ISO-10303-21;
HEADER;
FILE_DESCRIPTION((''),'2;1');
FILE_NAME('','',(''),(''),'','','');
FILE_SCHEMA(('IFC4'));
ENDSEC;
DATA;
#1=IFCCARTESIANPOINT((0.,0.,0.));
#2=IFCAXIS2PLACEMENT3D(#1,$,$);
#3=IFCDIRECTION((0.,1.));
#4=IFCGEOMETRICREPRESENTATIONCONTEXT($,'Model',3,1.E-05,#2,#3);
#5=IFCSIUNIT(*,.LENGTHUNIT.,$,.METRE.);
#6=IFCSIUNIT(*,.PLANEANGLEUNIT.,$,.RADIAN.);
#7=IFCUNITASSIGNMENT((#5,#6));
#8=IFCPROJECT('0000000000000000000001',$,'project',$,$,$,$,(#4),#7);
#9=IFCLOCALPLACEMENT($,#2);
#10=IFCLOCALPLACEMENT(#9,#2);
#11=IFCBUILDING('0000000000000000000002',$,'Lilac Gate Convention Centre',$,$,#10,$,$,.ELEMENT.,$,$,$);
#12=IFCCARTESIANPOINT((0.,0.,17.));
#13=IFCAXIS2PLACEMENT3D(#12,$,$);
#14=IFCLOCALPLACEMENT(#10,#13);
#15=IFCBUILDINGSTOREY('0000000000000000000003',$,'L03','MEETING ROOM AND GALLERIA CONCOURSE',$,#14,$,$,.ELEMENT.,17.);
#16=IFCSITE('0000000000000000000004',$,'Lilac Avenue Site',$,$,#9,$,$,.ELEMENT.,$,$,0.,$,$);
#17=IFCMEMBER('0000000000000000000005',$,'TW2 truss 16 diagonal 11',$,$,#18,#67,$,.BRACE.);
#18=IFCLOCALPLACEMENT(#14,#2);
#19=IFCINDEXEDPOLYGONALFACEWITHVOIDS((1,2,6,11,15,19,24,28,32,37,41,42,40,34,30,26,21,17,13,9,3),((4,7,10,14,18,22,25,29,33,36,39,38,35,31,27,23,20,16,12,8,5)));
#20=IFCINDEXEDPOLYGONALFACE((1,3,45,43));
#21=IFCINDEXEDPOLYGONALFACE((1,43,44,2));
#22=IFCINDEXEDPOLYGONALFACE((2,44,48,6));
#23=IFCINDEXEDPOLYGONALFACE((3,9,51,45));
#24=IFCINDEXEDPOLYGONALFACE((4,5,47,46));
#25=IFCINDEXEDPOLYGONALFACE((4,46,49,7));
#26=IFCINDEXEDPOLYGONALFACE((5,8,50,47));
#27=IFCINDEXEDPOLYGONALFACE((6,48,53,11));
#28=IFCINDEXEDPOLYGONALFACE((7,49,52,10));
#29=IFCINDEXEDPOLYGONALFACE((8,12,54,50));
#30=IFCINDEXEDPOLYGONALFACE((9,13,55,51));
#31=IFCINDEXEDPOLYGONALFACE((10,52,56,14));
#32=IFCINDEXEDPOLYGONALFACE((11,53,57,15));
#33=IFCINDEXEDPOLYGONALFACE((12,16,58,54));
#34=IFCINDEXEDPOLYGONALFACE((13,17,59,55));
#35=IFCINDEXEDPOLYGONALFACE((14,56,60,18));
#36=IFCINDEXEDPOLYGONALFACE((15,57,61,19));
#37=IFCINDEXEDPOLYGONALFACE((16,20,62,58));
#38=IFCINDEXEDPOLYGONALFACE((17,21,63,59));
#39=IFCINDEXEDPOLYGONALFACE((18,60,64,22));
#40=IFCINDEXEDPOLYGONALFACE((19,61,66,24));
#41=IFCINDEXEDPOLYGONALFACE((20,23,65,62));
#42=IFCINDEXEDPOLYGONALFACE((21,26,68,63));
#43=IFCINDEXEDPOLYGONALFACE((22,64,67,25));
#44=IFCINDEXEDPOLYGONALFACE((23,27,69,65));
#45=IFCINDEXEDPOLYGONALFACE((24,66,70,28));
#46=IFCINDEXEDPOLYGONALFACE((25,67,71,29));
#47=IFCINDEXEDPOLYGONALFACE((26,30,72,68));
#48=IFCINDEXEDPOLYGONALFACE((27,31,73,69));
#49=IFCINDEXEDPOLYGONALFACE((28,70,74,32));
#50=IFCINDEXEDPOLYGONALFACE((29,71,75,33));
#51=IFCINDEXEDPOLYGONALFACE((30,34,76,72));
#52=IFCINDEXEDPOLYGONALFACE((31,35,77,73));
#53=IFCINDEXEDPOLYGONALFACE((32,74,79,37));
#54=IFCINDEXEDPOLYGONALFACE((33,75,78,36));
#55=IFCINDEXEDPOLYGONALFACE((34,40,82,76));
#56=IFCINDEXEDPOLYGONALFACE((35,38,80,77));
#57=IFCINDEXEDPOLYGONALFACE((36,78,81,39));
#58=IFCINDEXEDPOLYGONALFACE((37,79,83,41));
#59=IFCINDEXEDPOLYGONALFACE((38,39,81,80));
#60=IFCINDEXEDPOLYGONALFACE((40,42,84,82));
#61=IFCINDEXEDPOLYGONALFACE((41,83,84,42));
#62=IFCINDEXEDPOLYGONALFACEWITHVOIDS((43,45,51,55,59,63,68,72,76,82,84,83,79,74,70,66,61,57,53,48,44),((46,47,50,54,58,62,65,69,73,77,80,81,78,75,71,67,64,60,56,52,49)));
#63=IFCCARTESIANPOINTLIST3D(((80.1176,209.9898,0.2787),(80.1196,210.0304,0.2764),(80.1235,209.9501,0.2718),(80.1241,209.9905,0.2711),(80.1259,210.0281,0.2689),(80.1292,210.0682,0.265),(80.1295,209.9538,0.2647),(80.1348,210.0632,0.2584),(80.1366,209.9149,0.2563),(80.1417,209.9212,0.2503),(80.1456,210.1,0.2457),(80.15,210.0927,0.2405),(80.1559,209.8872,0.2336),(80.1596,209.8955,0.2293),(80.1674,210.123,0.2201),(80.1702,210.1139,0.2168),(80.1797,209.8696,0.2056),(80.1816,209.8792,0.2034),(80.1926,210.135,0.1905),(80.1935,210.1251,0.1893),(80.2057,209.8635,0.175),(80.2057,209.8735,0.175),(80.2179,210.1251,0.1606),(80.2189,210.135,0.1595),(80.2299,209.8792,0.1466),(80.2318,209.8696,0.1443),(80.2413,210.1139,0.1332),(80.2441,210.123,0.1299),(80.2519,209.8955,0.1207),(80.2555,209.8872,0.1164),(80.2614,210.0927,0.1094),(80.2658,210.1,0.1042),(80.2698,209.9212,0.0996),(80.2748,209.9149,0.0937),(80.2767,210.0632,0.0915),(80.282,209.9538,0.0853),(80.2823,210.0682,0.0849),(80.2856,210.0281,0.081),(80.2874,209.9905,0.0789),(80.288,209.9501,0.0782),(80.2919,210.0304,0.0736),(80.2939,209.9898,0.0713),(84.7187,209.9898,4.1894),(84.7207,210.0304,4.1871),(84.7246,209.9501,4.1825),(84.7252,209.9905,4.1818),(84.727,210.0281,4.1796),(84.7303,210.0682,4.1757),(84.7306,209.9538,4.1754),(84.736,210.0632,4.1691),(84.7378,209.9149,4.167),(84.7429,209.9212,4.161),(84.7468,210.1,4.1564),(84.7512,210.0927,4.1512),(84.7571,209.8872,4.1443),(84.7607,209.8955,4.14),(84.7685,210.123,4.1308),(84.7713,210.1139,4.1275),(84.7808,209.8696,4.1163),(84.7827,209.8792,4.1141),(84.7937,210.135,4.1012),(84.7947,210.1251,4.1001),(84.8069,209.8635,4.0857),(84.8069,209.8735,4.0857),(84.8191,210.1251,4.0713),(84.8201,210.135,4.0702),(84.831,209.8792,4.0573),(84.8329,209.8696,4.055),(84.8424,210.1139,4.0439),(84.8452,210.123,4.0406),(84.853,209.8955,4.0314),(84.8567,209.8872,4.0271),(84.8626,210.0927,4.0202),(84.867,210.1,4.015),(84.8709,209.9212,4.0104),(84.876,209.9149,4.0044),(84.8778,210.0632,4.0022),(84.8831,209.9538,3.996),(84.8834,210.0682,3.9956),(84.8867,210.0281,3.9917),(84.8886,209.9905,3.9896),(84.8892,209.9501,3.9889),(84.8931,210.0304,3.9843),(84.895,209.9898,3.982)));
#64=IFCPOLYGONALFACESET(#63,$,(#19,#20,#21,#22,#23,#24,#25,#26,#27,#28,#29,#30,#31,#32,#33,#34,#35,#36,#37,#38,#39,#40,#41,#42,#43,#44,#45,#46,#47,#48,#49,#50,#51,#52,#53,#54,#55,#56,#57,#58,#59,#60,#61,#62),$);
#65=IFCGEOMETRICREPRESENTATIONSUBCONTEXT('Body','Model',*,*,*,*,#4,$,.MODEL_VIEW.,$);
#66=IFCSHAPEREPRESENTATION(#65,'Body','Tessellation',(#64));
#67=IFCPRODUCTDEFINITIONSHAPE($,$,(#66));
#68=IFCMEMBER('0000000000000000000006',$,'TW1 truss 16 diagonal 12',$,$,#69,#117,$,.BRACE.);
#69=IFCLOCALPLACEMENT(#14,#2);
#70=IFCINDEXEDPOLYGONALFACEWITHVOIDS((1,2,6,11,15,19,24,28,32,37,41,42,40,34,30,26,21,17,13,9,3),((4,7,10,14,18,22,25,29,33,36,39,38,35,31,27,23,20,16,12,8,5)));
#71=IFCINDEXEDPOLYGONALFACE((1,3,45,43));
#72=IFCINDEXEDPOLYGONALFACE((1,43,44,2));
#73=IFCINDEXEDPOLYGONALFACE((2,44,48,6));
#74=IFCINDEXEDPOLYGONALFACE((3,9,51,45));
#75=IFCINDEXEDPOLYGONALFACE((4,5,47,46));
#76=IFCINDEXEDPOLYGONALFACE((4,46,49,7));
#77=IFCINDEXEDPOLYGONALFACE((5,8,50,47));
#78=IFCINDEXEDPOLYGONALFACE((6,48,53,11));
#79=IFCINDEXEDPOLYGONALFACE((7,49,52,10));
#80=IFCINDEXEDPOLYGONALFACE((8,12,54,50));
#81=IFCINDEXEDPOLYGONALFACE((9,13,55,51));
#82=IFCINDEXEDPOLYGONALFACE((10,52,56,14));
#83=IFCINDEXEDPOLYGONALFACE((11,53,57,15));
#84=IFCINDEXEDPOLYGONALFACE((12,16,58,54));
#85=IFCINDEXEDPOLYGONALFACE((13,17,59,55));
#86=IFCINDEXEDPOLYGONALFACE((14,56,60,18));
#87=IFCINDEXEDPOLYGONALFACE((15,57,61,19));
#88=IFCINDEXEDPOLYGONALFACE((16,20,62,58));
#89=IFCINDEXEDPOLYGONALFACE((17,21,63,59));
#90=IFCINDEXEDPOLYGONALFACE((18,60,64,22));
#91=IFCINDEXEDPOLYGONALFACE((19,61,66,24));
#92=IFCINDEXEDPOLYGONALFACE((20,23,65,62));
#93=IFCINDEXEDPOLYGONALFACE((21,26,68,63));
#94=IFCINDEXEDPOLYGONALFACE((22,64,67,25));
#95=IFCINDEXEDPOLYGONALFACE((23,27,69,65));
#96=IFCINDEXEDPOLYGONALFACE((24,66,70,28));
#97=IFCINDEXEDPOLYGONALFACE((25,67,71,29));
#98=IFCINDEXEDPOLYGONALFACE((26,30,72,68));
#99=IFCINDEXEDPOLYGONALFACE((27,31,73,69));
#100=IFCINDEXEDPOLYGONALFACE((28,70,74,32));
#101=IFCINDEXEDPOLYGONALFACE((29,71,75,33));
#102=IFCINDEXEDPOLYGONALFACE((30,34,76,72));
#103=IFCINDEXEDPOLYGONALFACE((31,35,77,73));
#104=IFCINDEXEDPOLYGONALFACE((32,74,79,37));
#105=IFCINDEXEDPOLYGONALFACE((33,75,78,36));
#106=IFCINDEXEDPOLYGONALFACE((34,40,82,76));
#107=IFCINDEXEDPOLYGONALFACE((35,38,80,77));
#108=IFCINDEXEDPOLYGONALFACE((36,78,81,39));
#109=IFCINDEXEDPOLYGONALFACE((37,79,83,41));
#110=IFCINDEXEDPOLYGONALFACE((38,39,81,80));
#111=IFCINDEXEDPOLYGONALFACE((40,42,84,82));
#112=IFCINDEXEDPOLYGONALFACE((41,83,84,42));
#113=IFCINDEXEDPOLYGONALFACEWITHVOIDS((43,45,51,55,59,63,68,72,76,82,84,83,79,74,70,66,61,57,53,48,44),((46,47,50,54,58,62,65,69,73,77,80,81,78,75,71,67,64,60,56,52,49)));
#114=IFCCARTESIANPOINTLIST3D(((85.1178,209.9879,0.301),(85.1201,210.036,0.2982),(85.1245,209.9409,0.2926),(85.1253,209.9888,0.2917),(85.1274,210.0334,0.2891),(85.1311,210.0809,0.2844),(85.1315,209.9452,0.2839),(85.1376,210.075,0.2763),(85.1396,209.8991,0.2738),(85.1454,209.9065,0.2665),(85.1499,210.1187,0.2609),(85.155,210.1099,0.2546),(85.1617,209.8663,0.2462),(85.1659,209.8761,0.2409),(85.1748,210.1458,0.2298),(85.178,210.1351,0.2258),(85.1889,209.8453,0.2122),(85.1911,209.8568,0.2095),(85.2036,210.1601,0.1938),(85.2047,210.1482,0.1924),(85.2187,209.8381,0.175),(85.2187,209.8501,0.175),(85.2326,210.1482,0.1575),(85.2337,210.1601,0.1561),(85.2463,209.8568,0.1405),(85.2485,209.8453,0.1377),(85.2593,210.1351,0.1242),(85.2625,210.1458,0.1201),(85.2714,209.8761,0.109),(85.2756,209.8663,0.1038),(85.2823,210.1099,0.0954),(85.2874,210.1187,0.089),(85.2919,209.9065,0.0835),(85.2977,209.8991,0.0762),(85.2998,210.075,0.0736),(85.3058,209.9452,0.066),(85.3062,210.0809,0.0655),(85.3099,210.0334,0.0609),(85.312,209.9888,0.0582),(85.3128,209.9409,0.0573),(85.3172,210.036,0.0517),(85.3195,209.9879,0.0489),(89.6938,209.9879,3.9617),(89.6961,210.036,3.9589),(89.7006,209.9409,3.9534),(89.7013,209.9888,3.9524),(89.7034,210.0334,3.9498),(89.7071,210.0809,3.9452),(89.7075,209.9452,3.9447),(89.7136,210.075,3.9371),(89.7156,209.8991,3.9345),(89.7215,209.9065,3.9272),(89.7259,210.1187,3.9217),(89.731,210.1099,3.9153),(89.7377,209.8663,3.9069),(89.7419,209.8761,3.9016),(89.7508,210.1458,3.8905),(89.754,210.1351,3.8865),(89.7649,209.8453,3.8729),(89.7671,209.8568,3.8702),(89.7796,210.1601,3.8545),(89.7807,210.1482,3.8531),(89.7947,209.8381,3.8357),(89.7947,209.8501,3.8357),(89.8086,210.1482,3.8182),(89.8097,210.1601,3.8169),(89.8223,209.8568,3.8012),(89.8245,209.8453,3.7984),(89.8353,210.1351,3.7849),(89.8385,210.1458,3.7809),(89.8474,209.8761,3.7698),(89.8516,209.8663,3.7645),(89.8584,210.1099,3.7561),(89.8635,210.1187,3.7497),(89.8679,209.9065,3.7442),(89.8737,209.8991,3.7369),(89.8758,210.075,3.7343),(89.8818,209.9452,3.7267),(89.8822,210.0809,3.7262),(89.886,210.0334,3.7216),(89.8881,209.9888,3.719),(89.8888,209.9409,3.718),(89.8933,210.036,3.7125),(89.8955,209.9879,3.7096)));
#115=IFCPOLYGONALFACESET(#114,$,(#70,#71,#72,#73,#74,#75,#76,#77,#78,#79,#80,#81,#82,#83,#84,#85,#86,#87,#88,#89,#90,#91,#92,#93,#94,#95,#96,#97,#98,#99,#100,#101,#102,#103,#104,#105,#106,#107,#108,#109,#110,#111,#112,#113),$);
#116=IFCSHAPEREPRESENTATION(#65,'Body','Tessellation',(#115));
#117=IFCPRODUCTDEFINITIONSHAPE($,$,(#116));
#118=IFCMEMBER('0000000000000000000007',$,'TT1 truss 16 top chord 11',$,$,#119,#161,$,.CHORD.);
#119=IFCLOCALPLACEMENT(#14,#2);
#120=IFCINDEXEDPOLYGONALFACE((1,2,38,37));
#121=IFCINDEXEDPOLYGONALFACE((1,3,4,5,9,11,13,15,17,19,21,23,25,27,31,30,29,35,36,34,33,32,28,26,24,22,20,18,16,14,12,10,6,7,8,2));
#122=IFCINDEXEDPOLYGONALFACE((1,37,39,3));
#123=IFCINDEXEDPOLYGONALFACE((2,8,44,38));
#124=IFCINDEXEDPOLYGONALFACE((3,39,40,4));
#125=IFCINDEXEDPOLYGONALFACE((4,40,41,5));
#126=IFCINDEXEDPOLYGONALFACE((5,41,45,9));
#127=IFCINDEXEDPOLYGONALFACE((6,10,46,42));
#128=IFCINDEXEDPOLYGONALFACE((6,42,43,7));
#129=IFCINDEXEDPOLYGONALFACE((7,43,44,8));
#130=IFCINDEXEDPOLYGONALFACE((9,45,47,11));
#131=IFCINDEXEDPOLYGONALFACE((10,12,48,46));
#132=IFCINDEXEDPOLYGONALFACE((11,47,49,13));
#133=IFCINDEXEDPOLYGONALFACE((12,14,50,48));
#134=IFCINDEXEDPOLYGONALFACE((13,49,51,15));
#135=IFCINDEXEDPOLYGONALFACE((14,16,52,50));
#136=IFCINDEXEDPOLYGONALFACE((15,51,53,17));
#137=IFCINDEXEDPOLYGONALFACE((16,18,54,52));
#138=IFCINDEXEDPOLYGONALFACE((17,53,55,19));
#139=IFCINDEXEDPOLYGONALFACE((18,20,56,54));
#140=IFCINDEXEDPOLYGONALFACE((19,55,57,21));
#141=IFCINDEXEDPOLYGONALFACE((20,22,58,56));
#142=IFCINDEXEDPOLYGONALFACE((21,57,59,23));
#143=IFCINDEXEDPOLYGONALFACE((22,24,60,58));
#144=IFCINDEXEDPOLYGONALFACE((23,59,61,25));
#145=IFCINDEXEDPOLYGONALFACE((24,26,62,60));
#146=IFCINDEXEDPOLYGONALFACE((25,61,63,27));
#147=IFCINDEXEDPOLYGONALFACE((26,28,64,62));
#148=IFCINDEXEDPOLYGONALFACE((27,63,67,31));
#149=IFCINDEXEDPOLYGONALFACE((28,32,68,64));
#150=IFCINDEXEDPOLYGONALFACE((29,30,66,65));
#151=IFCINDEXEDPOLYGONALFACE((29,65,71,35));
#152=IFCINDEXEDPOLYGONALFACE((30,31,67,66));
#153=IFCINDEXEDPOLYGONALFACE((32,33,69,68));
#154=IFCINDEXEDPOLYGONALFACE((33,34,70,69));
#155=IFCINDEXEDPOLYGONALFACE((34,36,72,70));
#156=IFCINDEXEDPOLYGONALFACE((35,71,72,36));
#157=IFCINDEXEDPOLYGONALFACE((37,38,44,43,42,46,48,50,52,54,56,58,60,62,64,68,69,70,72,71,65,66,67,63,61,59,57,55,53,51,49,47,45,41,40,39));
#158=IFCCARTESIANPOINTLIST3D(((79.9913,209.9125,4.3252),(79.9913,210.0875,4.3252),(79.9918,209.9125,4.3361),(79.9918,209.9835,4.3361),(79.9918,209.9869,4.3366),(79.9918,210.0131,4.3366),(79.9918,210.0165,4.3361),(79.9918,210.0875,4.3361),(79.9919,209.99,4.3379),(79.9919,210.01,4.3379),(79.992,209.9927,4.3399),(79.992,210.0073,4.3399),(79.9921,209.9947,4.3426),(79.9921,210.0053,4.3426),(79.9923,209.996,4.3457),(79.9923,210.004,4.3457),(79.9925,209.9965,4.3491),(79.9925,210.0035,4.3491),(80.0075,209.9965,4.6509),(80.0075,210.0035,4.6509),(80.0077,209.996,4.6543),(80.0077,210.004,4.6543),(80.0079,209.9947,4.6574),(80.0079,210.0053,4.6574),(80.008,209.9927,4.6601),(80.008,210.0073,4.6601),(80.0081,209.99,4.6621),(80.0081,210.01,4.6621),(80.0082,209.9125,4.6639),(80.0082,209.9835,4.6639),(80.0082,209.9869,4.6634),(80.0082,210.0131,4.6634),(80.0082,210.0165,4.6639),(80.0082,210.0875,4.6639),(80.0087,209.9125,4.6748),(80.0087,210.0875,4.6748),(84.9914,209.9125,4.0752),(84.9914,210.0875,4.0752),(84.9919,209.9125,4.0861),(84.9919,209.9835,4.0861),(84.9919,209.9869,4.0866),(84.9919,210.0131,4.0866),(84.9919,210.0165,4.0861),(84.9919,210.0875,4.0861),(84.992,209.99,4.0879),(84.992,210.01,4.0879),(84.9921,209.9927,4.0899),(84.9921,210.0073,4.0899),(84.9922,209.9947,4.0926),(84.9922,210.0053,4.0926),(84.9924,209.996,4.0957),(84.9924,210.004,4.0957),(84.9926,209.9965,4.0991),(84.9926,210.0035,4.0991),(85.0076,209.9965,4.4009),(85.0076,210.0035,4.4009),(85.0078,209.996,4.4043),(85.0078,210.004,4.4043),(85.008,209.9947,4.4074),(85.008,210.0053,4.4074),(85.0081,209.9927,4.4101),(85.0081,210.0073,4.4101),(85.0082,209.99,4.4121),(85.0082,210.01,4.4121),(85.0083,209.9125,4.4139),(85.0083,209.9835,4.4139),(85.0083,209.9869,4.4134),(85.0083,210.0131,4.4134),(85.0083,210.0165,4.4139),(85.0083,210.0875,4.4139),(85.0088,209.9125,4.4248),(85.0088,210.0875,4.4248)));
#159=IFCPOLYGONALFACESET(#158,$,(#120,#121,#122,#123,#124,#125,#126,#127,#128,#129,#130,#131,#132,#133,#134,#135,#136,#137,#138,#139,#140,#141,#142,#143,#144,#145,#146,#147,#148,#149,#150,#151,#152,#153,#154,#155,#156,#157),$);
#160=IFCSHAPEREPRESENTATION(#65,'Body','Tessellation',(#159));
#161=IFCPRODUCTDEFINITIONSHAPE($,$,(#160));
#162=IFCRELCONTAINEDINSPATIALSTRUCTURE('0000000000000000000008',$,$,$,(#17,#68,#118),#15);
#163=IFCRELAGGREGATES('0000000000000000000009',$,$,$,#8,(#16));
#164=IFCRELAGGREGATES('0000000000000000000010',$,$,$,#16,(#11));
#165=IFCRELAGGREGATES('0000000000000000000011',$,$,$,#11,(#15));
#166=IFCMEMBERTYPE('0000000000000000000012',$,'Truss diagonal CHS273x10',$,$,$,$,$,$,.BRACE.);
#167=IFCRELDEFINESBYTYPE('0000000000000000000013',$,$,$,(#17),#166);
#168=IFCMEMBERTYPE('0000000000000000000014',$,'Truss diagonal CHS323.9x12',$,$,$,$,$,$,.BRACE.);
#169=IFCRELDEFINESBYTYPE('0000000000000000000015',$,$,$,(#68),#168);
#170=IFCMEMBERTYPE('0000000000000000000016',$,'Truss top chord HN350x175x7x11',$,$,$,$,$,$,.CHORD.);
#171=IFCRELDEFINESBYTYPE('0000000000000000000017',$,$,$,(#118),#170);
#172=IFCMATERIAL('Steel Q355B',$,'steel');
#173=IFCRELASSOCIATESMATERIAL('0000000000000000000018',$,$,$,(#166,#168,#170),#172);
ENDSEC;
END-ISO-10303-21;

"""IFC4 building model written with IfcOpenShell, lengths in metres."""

from ifc_helpers import new_model, si_unit, direction, frame, origin, origin_2d, place, context, subcontext, project, spatial, hollow_circle, i_section, extrude, material, material_profile, profile_set, type_object, element, save


model = new_model("IFC4")

# Units and contexts
model_context = context("Model", 3, precision=1e-05, world=origin(), true_north=direction((0.0, 1.0)))
body_context = subcontext(model_context, "Body", "Model", "MODEL_VIEW")
ifc_project = project(units=[si_unit("LENGTHUNIT", "METRE"), si_unit("PLANEANGLEUNIT", "RADIAN")], contexts=[model_context])

# Site, building, storey
site_placement = place(None, origin())
site = spatial("IfcSite", under=ifc_project, at=site_placement, Name="Lilac Avenue Site", CompositionType="ELEMENT", RefElevation=0.0)
building_placement = place(site_placement, origin())
building = spatial("IfcBuilding", under=site, at=building_placement, Name="Lilac Gate Convention Centre", CompositionType="ELEMENT")
storey_placement = place(building_placement, frame((0.0, 0.0, 17.0)))
storey = spatial("IfcBuildingStorey", under=building, at=storey_placement, Name="L03", Description="MEETING ROOM AND GALLERIA CONCOURSE", CompositionType="ELEMENT", Elevation=17.0)

# Members
ifc_material_1 = material(Name="Steel Q355B", Category="steel")
ifc_material_profile_1 = material_profile(ifc_material_1, hollow_circle(Radius=0.1365, WallThickness=0.01, at=origin_2d()), Name="CHS273x10")
ifc_profile_set_1 = profile_set([ifc_material_profile_1], Name="Steel Q355B")
member_type_1 = type_object("IfcMemberType", Name="Truss diagonal CHS273x10", PredefinedType="BRACE", material=ifc_profile_set_1)
member_1_placement = place(storey_placement, frame((84.8069, 210.0, 4.0857), z_axis=(-0.761961, 0.0, -0.647623), x_axis=(0.0, -1.0, 0.0)))
element("IfcMember", 1, at=member_1_placement, inside=storey, type_object=member_type_1, Name="TW2 truss 16 diagonal 11", PredefinedType="BRACE", context=body_context, shape_type="SweptSolid", body=[
    extrude(hollow_circle(Radius=0.1365, WallThickness=0.01, at=origin_2d()), origin(), (0.0, 0.0, 1.0), 6.0386),
])
ifc_material_profile_2 = material_profile(ifc_material_1, hollow_circle(Radius=0.1619, WallThickness=0.012, at=origin_2d()), Name="CHS323.9x12")
ifc_profile_set_2 = profile_set([ifc_material_profile_2], Name="Steel Q355B")
member_type_2 = type_object("IfcMemberType", Name="Truss diagonal CHS323.9x12", PredefinedType="BRACE", material=ifc_profile_set_2)
member_2_placement = place(storey_placement, frame((89.7947, 210.0, 3.8357), z_axis=(-0.780877, 0.0, -0.624685), x_axis=(0.0, -1.0, 0.0)))
element("IfcMember", 2, at=member_2_placement, inside=storey, type_object=member_type_2, Name="TW1 truss 16 diagonal 12", PredefinedType="BRACE", context=body_context, shape_type="SweptSolid", body=[
    extrude(hollow_circle(Radius=0.1619, WallThickness=0.012, at=origin_2d()), origin(), (0.0, 0.0, 1.0), 5.8601),
])
ifc_material_profile_3 = material_profile(ifc_material_1, i_section(OverallWidth=0.175, OverallDepth=0.3501, WebThickness=0.0071, FlangeThickness=0.011, FilletRadius=0.0129, at=origin_2d()), Name="HN350x175x7x11")
ifc_profile_set_3 = profile_set([ifc_material_profile_3], Name="Steel Q355B")
member_type_3 = type_object("IfcMemberType", Name="Truss top chord HN350x175x7x11", PredefinedType="CHORD", material=ifc_profile_set_3)
for number, where, z_axis, x_axis, name in (
    (3, (80.0, 210.0, 4.5), (0.998752, 0.0, -0.049938), (0.0, 1.0, 0.0), "TT1 truss 16 top chord 11"),
):
    element("IfcMember", number, at=place(storey_placement, frame(where, z_axis=z_axis, x_axis=x_axis)), inside=storey, type_object=member_type_3, Name=name, PredefinedType="CHORD", context=body_context, shape_type="SweptSolid", body=[
        extrude(i_section(OverallWidth=0.175, OverallDepth=0.3501, WebThickness=0.0071, FlangeThickness=0.011, FilletRadius=0.0129, at=origin_2d()), origin(), (0.0, 0.0, 1.0), 5.0063),
    ])

save(model, "model.ifc")
